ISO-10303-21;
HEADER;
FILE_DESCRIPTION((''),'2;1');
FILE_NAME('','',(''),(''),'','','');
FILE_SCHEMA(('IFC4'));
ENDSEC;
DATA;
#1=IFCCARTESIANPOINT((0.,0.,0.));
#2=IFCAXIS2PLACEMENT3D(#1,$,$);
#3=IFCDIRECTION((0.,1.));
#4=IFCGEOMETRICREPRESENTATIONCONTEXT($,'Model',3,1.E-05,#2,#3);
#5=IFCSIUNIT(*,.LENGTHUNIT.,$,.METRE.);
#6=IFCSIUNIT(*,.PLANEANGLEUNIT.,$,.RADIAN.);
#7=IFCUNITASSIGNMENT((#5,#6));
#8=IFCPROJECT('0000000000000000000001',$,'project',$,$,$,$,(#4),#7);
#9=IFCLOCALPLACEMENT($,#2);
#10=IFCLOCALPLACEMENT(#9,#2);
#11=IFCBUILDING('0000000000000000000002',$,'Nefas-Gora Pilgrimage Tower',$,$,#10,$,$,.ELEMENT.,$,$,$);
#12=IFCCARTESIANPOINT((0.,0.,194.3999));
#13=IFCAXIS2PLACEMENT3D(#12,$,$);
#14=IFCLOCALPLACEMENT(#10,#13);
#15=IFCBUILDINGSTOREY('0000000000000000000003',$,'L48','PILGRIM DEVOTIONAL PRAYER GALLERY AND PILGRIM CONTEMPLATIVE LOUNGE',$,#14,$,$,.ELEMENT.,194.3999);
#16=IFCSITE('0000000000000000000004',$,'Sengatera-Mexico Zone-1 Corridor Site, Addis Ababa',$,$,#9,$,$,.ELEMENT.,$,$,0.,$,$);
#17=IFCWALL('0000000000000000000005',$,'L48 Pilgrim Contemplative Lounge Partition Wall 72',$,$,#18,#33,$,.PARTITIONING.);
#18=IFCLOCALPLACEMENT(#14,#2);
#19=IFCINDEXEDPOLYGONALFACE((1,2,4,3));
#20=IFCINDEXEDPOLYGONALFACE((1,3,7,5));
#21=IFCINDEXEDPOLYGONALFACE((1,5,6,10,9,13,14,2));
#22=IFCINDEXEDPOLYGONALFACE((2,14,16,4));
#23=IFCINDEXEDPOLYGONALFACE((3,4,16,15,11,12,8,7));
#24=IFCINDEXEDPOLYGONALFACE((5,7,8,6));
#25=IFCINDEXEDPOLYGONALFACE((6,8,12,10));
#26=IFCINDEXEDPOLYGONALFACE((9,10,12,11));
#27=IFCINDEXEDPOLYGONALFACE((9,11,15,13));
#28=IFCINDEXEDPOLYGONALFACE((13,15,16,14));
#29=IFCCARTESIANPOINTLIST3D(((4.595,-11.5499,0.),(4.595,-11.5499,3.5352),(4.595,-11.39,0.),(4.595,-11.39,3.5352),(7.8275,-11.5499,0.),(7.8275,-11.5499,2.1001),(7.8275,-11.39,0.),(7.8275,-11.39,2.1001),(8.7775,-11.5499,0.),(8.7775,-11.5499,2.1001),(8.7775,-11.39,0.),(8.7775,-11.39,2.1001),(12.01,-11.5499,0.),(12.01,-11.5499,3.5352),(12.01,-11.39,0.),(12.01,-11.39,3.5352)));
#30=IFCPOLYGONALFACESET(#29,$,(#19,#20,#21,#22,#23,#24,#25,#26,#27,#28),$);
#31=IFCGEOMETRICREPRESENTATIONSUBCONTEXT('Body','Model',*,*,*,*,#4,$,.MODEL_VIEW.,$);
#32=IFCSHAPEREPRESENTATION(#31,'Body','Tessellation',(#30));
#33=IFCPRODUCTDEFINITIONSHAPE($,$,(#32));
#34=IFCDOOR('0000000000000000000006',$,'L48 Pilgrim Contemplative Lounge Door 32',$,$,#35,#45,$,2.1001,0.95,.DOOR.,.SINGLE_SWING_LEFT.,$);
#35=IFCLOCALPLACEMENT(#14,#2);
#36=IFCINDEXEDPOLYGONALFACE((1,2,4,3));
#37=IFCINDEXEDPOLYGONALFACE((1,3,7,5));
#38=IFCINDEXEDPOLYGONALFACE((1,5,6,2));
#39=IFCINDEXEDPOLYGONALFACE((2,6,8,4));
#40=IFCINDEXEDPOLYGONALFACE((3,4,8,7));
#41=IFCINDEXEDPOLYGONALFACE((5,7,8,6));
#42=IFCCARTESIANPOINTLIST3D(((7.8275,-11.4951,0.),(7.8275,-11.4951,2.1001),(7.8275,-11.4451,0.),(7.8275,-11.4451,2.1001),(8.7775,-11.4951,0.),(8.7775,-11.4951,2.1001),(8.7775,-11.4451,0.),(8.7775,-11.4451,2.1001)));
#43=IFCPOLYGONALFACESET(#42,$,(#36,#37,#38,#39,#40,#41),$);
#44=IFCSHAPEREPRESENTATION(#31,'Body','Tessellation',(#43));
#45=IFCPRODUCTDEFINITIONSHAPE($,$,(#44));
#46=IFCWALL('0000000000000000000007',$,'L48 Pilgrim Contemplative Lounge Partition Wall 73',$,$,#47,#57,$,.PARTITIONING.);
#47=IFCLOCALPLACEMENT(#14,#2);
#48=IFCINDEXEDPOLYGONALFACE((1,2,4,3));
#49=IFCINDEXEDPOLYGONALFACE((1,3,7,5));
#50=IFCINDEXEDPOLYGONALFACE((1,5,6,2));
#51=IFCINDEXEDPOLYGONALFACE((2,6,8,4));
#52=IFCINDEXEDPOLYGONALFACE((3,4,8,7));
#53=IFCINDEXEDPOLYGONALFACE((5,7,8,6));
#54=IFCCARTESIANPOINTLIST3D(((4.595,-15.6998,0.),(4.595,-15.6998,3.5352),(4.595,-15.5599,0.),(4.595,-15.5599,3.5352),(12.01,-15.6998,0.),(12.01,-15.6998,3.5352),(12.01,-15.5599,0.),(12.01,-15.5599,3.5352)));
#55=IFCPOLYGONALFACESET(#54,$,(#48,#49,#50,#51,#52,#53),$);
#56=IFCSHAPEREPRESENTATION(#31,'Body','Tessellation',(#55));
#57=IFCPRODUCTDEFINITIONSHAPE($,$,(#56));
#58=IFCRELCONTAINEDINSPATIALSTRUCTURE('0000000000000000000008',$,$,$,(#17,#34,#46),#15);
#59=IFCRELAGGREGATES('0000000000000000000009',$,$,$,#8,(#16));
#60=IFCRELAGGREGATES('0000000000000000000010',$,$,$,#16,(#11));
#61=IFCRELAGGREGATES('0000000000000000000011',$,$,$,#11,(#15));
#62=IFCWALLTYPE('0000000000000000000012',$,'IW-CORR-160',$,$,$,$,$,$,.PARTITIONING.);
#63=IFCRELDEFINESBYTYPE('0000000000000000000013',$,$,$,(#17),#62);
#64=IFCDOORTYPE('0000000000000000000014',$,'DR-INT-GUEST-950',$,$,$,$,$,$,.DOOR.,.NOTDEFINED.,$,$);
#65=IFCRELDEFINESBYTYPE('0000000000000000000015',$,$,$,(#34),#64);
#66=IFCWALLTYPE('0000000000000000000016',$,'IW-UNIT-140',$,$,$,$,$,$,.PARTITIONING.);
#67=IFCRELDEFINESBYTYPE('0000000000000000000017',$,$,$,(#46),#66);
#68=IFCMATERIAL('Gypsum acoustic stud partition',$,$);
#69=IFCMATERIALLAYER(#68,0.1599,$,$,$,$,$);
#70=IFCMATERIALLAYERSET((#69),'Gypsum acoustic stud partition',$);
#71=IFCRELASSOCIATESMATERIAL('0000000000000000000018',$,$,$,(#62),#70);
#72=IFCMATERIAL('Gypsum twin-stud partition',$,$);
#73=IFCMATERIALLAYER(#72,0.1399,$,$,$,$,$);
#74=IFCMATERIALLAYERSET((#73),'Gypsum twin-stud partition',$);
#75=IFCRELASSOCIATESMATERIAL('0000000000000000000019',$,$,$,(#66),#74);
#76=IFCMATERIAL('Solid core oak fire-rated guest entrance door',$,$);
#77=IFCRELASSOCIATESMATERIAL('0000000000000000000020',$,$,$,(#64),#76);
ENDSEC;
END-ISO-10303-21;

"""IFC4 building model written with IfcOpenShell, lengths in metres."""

from ifc_helpers import new_model, si_unit, direction, frame, frame_2d, origin, place, context, subcontext, project, spatial, rectangle, extrude, source, transform, mapped, material, layer, layer_set, type_object, element, fill, save


model = new_model("IFC4")

# Units and contexts
model_context = context("Model", 3, precision=1e-05, world=origin(), true_north=direction((0.0, 1.0)))
body_context = subcontext(model_context, "Body", "Model", "MODEL_VIEW")
ifc_project = project(units=[si_unit("LENGTHUNIT", "METRE"), si_unit("PLANEANGLEUNIT", "RADIAN")], contexts=[model_context])

# Site, building, storey
site_placement = place(None, origin())
site = spatial("IfcSite", under=ifc_project, at=site_placement, Name="Sengatera-Mexico Zone-1 Corridor Site, Addis Ababa", CompositionType="ELEMENT", RefElevation=0.0)
building_placement = place(site_placement, origin())
building = spatial("IfcBuilding", under=site, at=building_placement, Name="Nefas-Gora Pilgrimage Tower", CompositionType="ELEMENT")
storey_placement = place(building_placement, frame((0.0, 0.0, 194.3999)))
storey = spatial("IfcBuildingStorey", under=building, at=storey_placement, Name="L48", Description="PILGRIM DEVOTIONAL PRAYER GALLERY AND PILGRIM CONTEMPLATIVE LOUNGE", CompositionType="ELEMENT", Elevation=194.3999)

# Shared definitions
ifc_material_1 = material(Name="Gypsum acoustic stud partition")
ifc_layer_1 = layer(ifc_material_1, 0.1599)
ifc_layer_set_1 = layer_set([ifc_layer_1], Name="Gypsum acoustic stud partition")
wall_type_1 = type_object("IfcWallType", Name="IW-CORR-160", PredefinedType="PARTITIONING", material=ifc_layer_set_1)

# Shared definitions
ifc_material_2 = material(Name="Gypsum twin-stud partition")
ifc_layer_2 = layer(ifc_material_2, 0.1399)
ifc_layer_set_2 = layer_set([ifc_layer_2], Name="Gypsum twin-stud partition")
wall_type_2 = type_object("IfcWallType", Name="IW-UNIT-140", PredefinedType="PARTITIONING", material=ifc_layer_set_2)

# Wall, opening, door
ifc_material_3 = material(Name="Solid core oak fire-rated guest entrance door")
door_type_1 = type_object("IfcDoorType", Name="DR-INT-GUEST-950", OperationType="NOTDEFINED", PredefinedType="DOOR", material=ifc_material_3)
shared_shape_1 = source(origin(), body_context, "Body", "SweptSolid", [
    extrude(rectangle(XDim=0.95, YDim=2.1001, at=frame_2d((0.4751, 1.05))), frame((0.0, 0.0249, 0.0), z_axis=(0.0, -1.0, 0.0), x_axis=(1.0, 0.0, 0.0)), (0.0, 0.0, 1.0), 0.05),
])
shared_shape_2 = source(origin(), body_context, "Body", "SweptSolid", [
    extrude(rectangle(XDim=7.415, YDim=0.1599, at=frame_2d((3.7075, 0.0))), origin(), (0.0, 0.0, 1.0), 3.5352),
])
wall_1_placement = place(storey_placement, frame((4.595, -11.47, 0.0), z_axis=(0.0, 0.0, 1.0), x_axis=(1.0, 0.0, 0.0)))
wall_1 = element("IfcWall", 1, at=wall_1_placement, inside=storey, type_object=wall_type_1, Name="L48 Pilgrim Contemplative Lounge Partition Wall 72", PredefinedType="PARTITIONING", context=body_context, shape_type="MappedRepresentation", body=[
    mapped(shared_shape_2, transform((0.0, 0.0, 0.0), x_axis=(1.0, 0.0, 0.0), y_axis=(0.0, 1.0, 0.0), z_axis=(0.0, 0.0, 1.0), scale=1.0)),
])
opening_1_placement = place(wall_1_placement, frame((3.2324, 0.0, 0.0)))
opening_1 = element("IfcOpeningElement", 2, at=opening_1_placement, cuts=wall_1, PredefinedType="OPENING", context=body_context, shape_type="SweptSolid", body=[
    extrude(rectangle(XDim=0.95, YDim=2.1001, at=frame_2d((0.4751, 1.05))), frame((0.0, 0.0898, 0.0), z_axis=(0.0, -1.0, 0.0), x_axis=(1.0, 0.0, 0.0)), (0.0, 0.0, 1.0), 0.1799),
])
door_1_placement = place(opening_1_placement, origin())
door_1 = element("IfcDoor", 3, at=door_1_placement, inside=storey, type_object=door_type_1, Name="L48 Pilgrim Contemplative Lounge Door 32", OperationType="SINGLE_SWING_LEFT", OverallHeight=2.1001, OverallWidth=0.95, PredefinedType="DOOR", context=body_context, shape_type="MappedRepresentation", body=[
    mapped(shared_shape_1, transform((0.0, 0.0, 0.0), x_axis=(1.0, 0.0, 0.0), y_axis=(0.0, 1.0, 0.0), z_axis=(0.0, 0.0, 1.0), scale=1.0)),
])
fill(opening_1, door_1)

# Wall
shared_shape_3 = source(origin(), body_context, "Body", "SweptSolid", [
    extrude(rectangle(XDim=7.415, YDim=0.1399, at=frame_2d((3.7075, 0.0))), origin(), (0.0, 0.0, 1.0), 3.5352),
])
wall_2_placement = place(storey_placement, frame((4.595, -15.6299, 0.0), z_axis=(0.0, 0.0, 1.0), x_axis=(1.0, 0.0, 0.0)))
element("IfcWall", 4, at=wall_2_placement, inside=storey, type_object=wall_type_2, Name="L48 Pilgrim Contemplative Lounge Partition Wall 73", PredefinedType="PARTITIONING", context=body_context, shape_type="MappedRepresentation", body=[
    mapped(shared_shape_3, transform((0.0, 0.0, 0.0), x_axis=(1.0, 0.0, 0.0), y_axis=(0.0, 1.0, 0.0), z_axis=(0.0, 0.0, 1.0), scale=1.0)),
])

save(model, "model.ifc")
